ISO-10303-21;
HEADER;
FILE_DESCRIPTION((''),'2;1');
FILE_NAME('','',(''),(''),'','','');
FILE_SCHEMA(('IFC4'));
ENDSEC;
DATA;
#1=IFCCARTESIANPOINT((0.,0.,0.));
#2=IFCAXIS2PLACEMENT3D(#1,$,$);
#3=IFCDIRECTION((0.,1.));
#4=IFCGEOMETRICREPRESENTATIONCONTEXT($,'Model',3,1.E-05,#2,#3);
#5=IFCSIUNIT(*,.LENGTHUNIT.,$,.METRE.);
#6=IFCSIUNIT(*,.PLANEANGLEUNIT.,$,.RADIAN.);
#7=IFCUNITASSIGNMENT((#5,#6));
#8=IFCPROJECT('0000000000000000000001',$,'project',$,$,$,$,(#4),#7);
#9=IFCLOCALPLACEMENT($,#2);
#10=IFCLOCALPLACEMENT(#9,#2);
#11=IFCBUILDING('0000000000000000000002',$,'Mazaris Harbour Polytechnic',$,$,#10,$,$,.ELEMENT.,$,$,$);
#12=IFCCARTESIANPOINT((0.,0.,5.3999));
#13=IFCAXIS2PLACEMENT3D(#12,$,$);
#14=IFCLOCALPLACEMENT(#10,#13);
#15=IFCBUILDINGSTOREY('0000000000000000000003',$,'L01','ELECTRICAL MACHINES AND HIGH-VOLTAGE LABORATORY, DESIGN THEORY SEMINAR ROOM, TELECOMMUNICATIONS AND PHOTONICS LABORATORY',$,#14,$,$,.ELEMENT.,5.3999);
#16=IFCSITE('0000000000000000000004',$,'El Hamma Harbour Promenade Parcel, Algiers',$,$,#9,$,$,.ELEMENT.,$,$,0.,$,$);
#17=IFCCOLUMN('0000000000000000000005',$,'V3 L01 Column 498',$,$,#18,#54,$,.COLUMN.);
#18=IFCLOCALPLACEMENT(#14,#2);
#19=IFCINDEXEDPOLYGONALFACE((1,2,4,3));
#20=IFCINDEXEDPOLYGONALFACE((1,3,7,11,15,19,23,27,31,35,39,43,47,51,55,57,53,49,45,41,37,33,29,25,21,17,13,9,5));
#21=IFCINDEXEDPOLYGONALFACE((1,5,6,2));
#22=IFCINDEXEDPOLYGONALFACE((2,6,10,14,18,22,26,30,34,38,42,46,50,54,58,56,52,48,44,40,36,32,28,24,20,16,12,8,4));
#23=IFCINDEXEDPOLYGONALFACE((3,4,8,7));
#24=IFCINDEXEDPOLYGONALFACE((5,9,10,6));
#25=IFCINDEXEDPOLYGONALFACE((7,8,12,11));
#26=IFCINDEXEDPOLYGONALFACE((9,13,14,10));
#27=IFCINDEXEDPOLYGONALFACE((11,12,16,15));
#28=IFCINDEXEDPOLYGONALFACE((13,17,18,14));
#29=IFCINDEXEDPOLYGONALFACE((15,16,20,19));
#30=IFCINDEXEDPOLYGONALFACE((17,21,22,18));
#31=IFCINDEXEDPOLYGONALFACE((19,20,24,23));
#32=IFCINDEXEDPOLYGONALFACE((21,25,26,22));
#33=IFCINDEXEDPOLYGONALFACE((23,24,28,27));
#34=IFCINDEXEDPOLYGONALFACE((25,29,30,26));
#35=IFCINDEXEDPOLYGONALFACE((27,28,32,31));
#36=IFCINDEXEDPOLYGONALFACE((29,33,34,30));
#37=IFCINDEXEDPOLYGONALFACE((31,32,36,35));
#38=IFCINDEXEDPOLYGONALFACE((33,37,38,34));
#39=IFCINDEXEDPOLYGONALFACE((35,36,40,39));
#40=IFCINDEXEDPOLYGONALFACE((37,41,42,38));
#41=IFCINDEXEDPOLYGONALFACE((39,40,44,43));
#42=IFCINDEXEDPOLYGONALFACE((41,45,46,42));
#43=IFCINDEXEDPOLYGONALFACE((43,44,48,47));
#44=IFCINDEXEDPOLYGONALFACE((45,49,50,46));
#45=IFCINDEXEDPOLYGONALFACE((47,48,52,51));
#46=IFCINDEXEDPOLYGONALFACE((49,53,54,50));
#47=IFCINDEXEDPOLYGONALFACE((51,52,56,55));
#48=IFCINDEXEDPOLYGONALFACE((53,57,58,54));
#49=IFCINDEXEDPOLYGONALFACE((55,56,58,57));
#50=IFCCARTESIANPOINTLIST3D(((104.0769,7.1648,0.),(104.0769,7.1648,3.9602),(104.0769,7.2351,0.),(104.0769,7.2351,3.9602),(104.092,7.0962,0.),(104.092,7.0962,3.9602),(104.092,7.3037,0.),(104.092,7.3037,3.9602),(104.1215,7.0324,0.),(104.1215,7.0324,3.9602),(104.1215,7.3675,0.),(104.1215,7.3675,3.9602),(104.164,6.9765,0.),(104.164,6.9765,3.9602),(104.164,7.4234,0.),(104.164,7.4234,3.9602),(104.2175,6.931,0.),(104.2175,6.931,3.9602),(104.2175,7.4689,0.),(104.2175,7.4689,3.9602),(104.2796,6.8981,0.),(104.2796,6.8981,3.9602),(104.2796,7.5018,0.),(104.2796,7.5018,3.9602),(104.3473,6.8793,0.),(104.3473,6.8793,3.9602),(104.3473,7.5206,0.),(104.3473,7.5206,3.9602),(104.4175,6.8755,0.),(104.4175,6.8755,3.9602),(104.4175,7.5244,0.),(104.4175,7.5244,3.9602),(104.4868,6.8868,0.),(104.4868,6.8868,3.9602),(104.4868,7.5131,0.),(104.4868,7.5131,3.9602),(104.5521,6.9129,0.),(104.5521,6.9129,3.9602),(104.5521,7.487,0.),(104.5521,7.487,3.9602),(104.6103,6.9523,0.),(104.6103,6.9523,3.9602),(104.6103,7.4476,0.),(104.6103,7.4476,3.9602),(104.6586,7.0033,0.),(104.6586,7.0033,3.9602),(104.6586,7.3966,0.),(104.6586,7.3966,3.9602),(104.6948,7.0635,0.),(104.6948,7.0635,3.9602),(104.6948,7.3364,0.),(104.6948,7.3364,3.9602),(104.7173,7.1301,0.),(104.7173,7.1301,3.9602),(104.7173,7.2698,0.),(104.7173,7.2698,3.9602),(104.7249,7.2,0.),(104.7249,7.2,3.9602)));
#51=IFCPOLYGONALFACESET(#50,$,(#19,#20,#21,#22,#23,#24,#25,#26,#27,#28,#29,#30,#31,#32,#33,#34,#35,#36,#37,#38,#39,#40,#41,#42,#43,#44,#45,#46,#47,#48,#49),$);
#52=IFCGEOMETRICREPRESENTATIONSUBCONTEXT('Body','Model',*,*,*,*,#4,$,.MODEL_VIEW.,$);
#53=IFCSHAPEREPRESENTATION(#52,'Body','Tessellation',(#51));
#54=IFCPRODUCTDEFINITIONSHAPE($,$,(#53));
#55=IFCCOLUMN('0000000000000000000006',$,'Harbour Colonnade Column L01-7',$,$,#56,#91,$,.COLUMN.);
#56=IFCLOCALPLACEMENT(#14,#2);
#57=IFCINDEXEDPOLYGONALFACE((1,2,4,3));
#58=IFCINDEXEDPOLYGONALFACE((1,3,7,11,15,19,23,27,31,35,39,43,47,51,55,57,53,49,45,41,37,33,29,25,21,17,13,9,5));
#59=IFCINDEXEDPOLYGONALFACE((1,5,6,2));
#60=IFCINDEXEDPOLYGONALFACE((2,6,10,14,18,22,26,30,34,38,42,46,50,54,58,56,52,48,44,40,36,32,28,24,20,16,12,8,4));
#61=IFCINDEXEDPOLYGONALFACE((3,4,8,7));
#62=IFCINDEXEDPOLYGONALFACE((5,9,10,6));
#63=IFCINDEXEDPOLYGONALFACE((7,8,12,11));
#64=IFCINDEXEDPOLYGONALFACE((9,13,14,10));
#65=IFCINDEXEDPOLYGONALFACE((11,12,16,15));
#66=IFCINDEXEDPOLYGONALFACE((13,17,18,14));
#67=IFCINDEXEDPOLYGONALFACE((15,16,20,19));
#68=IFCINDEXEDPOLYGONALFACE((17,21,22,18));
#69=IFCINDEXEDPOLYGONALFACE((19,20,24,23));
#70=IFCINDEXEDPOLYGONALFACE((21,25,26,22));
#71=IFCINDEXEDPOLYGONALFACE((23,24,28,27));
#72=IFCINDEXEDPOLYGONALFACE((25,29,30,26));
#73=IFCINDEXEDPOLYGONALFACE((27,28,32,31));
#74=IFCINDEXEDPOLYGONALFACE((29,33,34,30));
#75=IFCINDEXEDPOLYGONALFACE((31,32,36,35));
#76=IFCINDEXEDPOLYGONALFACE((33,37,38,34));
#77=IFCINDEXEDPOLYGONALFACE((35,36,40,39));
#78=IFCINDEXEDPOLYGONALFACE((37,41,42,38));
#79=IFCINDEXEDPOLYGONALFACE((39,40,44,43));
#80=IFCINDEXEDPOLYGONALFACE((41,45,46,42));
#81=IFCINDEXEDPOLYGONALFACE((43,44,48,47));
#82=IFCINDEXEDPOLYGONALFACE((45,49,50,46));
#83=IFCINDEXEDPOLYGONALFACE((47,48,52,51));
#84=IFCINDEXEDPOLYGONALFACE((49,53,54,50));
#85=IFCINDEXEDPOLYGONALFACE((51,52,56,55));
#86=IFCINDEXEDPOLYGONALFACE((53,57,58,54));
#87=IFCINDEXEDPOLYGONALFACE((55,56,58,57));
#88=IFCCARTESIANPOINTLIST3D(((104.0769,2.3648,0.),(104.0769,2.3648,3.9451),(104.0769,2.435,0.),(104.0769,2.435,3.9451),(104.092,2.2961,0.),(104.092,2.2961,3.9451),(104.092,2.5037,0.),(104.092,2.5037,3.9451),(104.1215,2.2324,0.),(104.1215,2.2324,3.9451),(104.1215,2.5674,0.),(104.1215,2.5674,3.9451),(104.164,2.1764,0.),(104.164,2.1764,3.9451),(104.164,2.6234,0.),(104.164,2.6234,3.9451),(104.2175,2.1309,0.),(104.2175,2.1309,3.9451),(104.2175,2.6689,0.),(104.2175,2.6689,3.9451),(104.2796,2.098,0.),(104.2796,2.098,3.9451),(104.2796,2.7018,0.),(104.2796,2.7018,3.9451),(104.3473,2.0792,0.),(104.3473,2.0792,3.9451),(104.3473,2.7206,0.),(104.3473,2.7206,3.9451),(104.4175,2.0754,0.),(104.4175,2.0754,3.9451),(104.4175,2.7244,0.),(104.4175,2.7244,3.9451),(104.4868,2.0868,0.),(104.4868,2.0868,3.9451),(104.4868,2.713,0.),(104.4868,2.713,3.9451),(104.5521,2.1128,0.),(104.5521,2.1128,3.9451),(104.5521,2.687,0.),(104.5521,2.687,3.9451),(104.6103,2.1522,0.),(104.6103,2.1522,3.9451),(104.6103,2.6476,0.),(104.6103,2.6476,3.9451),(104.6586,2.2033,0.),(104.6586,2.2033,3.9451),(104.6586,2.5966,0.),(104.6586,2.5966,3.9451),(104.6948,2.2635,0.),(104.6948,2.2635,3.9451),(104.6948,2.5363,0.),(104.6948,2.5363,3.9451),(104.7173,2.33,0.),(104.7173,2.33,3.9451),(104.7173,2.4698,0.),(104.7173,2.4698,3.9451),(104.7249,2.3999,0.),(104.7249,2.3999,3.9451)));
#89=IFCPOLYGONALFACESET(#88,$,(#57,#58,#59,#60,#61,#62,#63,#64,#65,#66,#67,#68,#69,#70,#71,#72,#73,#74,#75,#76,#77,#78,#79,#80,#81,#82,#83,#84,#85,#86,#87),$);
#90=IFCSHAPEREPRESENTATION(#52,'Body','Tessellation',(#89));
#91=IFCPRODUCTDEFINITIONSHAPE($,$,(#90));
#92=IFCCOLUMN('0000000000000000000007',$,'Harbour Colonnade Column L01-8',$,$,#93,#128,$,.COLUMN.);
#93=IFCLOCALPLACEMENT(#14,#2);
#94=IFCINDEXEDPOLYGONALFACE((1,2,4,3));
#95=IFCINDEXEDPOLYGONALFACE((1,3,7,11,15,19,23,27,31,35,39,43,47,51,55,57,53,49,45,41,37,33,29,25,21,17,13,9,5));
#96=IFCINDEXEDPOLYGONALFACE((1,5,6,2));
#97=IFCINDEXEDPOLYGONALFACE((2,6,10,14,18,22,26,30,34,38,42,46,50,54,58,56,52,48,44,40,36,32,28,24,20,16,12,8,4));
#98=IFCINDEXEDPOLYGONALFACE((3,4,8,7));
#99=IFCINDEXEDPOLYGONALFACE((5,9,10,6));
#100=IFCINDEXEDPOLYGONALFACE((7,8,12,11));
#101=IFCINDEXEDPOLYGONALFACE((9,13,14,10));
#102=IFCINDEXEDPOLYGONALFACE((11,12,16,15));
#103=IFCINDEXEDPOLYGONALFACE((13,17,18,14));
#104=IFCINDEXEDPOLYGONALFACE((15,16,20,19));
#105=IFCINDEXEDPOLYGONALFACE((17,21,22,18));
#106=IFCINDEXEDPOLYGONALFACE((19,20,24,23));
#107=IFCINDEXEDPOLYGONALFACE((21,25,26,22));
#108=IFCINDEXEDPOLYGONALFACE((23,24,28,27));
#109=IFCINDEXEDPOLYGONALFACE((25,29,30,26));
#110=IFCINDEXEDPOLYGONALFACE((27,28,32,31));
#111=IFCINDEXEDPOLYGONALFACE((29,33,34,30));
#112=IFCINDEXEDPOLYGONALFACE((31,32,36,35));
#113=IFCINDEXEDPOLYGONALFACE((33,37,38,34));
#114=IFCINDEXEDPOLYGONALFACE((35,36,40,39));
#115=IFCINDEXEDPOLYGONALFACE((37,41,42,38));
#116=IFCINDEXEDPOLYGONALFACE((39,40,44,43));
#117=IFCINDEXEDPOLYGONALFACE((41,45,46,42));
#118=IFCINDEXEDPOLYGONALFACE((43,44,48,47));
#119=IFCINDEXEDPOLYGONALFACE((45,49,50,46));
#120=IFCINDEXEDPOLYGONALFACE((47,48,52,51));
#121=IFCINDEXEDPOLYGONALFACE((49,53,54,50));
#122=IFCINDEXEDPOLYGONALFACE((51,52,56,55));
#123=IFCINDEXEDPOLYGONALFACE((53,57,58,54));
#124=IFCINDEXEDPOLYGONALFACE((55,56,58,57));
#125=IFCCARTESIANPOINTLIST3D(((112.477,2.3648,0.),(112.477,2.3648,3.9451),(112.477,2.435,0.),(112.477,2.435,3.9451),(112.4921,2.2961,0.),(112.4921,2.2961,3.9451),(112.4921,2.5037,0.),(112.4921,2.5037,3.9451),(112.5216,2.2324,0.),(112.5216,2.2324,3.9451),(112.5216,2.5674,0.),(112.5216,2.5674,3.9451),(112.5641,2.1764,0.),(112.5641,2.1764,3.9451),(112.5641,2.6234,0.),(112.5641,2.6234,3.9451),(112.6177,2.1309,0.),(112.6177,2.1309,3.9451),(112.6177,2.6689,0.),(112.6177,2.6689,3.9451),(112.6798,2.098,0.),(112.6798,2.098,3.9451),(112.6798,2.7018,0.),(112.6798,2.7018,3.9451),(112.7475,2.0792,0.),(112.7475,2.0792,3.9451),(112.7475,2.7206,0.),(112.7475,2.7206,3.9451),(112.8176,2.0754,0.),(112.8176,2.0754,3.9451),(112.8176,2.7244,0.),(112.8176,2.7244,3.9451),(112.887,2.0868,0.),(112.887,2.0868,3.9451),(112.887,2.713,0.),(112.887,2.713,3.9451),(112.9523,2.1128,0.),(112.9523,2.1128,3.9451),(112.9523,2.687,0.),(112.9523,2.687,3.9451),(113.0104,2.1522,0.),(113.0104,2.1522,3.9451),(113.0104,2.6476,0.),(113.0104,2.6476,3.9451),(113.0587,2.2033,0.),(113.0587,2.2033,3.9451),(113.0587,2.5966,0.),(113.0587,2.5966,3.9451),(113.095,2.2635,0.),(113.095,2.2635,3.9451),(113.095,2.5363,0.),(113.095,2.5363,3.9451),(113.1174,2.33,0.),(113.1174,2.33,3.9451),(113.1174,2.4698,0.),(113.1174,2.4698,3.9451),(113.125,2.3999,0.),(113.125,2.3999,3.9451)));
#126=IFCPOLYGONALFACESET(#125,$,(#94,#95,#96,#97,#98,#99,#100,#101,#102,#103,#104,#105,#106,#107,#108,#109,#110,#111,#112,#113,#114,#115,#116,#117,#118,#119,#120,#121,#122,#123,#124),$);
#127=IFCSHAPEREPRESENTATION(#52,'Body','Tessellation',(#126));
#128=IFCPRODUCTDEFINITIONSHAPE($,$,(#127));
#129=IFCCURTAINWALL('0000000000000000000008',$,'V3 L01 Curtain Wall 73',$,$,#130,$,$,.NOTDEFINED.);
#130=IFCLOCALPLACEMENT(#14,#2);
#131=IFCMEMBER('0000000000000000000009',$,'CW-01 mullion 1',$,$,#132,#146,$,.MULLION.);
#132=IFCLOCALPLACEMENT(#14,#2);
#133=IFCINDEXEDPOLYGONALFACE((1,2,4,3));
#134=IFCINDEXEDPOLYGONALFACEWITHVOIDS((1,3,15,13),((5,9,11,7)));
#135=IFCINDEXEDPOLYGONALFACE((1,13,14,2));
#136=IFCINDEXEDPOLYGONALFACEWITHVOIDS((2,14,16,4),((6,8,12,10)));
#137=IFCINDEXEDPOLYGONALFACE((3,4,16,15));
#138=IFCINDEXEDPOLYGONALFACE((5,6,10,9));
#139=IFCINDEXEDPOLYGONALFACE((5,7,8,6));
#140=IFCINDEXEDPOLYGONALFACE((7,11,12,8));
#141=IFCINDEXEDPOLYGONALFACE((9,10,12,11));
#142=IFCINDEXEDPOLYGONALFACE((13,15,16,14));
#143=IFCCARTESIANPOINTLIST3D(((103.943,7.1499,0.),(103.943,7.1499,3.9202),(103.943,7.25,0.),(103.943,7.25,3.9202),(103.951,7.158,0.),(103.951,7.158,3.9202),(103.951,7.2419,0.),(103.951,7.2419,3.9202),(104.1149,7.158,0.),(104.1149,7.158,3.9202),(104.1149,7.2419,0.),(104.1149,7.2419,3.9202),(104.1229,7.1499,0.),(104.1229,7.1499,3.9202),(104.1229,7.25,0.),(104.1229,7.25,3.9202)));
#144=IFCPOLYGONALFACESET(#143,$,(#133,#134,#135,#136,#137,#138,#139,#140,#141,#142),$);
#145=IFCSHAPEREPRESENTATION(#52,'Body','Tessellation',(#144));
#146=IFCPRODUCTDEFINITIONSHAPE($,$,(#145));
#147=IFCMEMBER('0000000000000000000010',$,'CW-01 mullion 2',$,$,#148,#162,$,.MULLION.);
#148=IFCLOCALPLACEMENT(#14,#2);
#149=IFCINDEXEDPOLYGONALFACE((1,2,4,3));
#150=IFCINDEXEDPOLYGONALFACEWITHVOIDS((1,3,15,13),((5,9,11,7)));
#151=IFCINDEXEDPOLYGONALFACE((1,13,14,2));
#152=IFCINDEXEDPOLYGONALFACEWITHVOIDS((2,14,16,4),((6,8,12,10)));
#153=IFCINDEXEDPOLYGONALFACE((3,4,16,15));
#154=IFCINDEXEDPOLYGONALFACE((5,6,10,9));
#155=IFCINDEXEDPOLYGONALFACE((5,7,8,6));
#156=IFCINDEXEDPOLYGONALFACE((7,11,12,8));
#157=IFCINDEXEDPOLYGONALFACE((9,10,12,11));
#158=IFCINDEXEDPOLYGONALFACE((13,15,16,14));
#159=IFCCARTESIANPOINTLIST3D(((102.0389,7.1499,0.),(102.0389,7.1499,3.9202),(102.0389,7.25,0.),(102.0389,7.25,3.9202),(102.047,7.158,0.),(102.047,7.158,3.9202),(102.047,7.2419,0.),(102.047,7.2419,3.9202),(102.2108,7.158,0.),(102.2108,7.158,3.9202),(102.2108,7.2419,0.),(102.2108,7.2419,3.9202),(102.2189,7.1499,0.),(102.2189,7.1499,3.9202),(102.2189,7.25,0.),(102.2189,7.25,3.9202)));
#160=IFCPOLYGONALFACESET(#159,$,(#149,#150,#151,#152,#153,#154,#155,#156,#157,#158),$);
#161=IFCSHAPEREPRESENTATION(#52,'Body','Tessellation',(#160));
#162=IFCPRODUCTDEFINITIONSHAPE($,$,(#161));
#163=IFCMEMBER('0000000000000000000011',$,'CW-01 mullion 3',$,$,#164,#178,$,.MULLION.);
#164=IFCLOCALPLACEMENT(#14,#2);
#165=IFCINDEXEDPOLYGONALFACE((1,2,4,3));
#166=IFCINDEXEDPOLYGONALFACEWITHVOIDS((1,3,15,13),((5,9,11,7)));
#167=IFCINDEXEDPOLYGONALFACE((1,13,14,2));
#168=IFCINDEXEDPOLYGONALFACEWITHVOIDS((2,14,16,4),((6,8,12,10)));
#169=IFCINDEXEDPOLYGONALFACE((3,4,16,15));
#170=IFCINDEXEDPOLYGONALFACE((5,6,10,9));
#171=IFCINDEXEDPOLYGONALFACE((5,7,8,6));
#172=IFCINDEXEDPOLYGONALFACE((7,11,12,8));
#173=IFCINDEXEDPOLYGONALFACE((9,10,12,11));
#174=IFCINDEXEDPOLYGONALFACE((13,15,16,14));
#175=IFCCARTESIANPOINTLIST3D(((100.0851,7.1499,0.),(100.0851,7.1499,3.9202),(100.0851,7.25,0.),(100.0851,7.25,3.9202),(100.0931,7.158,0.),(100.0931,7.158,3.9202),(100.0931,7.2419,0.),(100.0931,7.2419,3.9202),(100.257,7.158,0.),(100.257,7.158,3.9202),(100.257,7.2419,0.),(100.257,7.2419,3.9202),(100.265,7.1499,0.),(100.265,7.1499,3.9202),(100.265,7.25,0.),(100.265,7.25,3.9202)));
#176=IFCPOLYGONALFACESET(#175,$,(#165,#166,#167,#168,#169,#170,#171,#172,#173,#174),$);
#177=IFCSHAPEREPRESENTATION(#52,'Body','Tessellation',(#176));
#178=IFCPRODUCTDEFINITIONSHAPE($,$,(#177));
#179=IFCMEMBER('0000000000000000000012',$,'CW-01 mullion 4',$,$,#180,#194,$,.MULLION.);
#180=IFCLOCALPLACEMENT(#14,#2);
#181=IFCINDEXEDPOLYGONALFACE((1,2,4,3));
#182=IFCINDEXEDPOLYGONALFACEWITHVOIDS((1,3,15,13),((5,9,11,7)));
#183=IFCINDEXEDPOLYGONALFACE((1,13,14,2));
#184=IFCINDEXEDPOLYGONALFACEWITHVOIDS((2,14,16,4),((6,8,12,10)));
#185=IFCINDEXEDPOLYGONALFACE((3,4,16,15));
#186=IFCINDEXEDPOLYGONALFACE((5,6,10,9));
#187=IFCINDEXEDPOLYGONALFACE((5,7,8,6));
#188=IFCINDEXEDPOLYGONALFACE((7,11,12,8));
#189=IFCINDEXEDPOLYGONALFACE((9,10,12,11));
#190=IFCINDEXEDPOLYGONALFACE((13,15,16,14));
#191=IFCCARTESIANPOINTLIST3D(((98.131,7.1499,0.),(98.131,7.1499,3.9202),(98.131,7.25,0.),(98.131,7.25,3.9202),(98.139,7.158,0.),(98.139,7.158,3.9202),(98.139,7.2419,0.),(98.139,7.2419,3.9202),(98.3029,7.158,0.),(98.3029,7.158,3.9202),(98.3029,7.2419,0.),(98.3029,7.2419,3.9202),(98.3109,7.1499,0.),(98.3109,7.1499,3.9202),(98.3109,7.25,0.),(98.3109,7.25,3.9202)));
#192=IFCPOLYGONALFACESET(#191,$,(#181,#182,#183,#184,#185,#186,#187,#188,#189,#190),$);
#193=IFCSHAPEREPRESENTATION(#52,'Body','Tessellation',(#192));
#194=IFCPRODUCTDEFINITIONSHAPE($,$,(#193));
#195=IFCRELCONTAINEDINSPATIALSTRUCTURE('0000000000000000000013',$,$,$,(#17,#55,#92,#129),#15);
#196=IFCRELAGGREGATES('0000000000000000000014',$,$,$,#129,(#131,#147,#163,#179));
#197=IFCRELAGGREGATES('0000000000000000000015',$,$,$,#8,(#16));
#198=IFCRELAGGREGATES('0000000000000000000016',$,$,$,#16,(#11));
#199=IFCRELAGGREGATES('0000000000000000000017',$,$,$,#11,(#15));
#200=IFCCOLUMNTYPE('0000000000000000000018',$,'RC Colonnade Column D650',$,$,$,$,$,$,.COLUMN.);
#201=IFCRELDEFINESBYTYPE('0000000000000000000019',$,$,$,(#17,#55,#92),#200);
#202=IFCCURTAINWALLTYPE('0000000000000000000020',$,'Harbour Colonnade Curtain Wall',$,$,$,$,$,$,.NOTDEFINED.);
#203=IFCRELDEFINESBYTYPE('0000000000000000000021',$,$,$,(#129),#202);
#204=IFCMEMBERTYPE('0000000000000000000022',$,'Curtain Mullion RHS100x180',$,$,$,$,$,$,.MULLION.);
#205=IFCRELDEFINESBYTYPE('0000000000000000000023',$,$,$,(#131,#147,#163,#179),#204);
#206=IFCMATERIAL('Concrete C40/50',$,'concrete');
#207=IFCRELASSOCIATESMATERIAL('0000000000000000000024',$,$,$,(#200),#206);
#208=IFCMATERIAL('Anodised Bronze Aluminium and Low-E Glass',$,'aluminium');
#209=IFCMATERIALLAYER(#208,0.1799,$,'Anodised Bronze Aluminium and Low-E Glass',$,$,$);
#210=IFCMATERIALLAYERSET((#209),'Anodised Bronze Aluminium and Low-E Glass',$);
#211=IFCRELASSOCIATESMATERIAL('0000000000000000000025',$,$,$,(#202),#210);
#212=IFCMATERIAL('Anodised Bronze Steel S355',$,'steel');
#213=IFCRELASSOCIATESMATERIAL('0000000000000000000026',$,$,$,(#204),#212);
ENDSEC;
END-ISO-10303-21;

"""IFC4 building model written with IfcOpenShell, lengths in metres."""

from ifc_helpers import new_model, si_unit, direction, frame, origin, origin_2d, place, context, subcontext, project, spatial, hollow_rectangle, circle, extrude, material, layer, layer_set, material_profile, profile_set, type_object, element, aggregate, save


model = new_model("IFC4")

# Units and contexts
model_context = context("Model", 3, precision=1e-05, world=origin(), true_north=direction((0.0, 1.0)))
body_context = subcontext(model_context, "Body", "Model", "MODEL_VIEW")
ifc_project = project(units=[si_unit("LENGTHUNIT", "METRE"), si_unit("PLANEANGLEUNIT", "RADIAN")], contexts=[model_context])

# Site, building, storey
site_placement = place(None, origin())
site = spatial("IfcSite", under=ifc_project, at=site_placement, Name="El Hamma Harbour Promenade Parcel, Algiers", CompositionType="ELEMENT", RefElevation=0.0)
building_placement = place(site_placement, origin())
building = spatial("IfcBuilding", under=site, at=building_placement, Name="Mazaris Harbour Polytechnic", CompositionType="ELEMENT")
storey_placement = place(building_placement, frame((0.0, 0.0, 5.3999)))
storey = spatial("IfcBuildingStorey", under=building, at=storey_placement, Name="L01", Description="ELECTRICAL MACHINES AND HIGH-VOLTAGE LABORATORY, DESIGN THEORY SEMINAR ROOM, TELECOMMUNICATIONS AND PHOTONICS LABORATORY", CompositionType="ELEMENT", Elevation=5.3999)

# Columns
ifc_material_1 = material(Name="Concrete C40/50", Category="concrete")
ifc_material_profile_1 = material_profile(ifc_material_1, circle(Radius=0.325, at=origin_2d()), Name="DIA650")
ifc_profile_set_1 = profile_set([ifc_material_profile_1], Name="Concrete C40/50")
column_type = type_object("IfcColumnType", Name="RC Colonnade Column D650", PredefinedType="COLUMN", material=ifc_profile_set_1)
column_placement = place(storey_placement, frame((104.3999, 7.2, 0.0), z_axis=(0.0, 0.0, 1.0), x_axis=(1.0, 0.0, 0.0)))
element("IfcColumn", 1, at=column_placement, inside=storey, type_object=column_type, Name="V3 L01 Column 498", PredefinedType="COLUMN", context=body_context, shape_type="SweptSolid", body=[
    extrude(circle(Radius=0.325, at=origin_2d()), origin(), (0.0, 0.0, 1.0), 3.9602),
])
for number, where, z_axis, x_axis, name in (
    (2, (104.3999, 2.3999, 0.0), (0.0, 0.0, 1.0), (1.0, 0.0, 0.0), "Harbour Colonnade Column L01-7"),
    (3, (112.8, 2.3999, 0.0), (0.0, 0.0, 1.0), (1.0, 0.0, 0.0), "Harbour Colonnade Column L01-8"),
):
    element("IfcColumn", number, at=place(storey_placement, frame(where, z_axis=z_axis, x_axis=x_axis)), inside=storey, type_object=column_type, Name=name, PredefinedType="COLUMN", context=body_context, shape_type="SweptSolid", body=[
        extrude(circle(Radius=0.325, at=origin_2d()), origin(), (0.0, 0.0, 1.0), 3.9451),
    ])

# Curtain wall, members
ifc_material_2 = material(Name="Anodised Bronze Aluminium and Low-E Glass", Category="aluminium")
ifc_layer_1 = layer(ifc_material_2, 0.1799, Name="Anodised Bronze Aluminium and Low-E Glass")
ifc_layer_set_1 = layer_set([ifc_layer_1], Name="Anodised Bronze Aluminium and Low-E Glass")
curtain_wall_type = type_object("IfcCurtainWallType", Name="Harbour Colonnade Curtain Wall", PredefinedType="NOTDEFINED", material=ifc_layer_set_1)
curtain_wall_1_placement = place(storey_placement, origin())
curtain_wall_1 = element("IfcCurtainWall", 4, at=curtain_wall_1_placement, inside=storey, type_object=curtain_wall_type, Name="V3 L01 Curtain Wall 73", PredefinedType="NOTDEFINED")
ifc_material_3 = material(Name="Anodised Bronze Steel S355", Category="steel")
ifc_material_profile_2 = material_profile(ifc_material_3, hollow_rectangle(XDim=0.1001, YDim=0.1799, WallThickness=0.0081, at=origin_2d()), Name="RHS 100x180x8.0")
ifc_profile_set_2 = profile_set([ifc_material_profile_2], Name="Anodised Bronze Steel S355")
member_type_1 = type_object("IfcMemberType", Name="Curtain Mullion RHS100x180", PredefinedType="MULLION", material=ifc_profile_set_2)
member_1_placement = place(storey_placement, frame((104.033, 7.2, 0.0), z_axis=(0.0, 0.0, 1.0), x_axis=(0.0, -1.0, 0.0)))
member_1 = element("IfcMember", 5, at=member_1_placement, type_object=member_type_1, Name="CW-01 mullion 1", PredefinedType="MULLION", context=body_context, shape_type="SweptSolid", body=[
    extrude(hollow_rectangle(XDim=0.1001, YDim=0.1799, WallThickness=0.0081, at=origin_2d()), origin(), (0.0, 0.0, 1.0), 3.9202),
])
member_2_placement = place(storey_placement, frame((102.1289, 7.2, 0.0), z_axis=(0.0, 0.0, 1.0), x_axis=(0.0, -1.0, 0.0)))
member_2 = element("IfcMember", 6, at=member_2_placement, type_object=member_type_1, Name="CW-01 mullion 2", PredefinedType="MULLION", context=body_context, shape_type="SweptSolid", body=[
    extrude(hollow_rectangle(XDim=0.1001, YDim=0.1799, WallThickness=0.0081, at=origin_2d()), origin(), (0.0, 0.0, 1.0), 3.9202),
])
member_3_placement = place(storey_placement, frame((100.175, 7.2, 0.0), z_axis=(0.0, 0.0, 1.0), x_axis=(0.0, -1.0, 0.0)))
member_3 = element("IfcMember", 7, at=member_3_placement, type_object=member_type_1, Name="CW-01 mullion 3", PredefinedType="MULLION", context=body_context, shape_type="SweptSolid", body=[
    extrude(hollow_rectangle(XDim=0.1001, YDim=0.1799, WallThickness=0.0081, at=origin_2d()), origin(), (0.0, 0.0, 1.0), 3.9202),
])
member_4_placement = place(storey_placement, frame((98.2209, 7.2, 0.0), z_axis=(0.0, 0.0, 1.0), x_axis=(0.0, -1.0, 0.0)))
member_4 = element("IfcMember", 8, at=member_4_placement, type_object=member_type_1, Name="CW-01 mullion 4", PredefinedType="MULLION", context=body_context, shape_type="SweptSolid", body=[
    extrude(hollow_rectangle(XDim=0.1001, YDim=0.1799, WallThickness=0.0081, at=origin_2d()), origin(), (0.0, 0.0, 1.0), 3.9202),
])

aggregate(curtain_wall_1, [member_1, member_2, member_3, member_4])

save(model, "model.ifc")
